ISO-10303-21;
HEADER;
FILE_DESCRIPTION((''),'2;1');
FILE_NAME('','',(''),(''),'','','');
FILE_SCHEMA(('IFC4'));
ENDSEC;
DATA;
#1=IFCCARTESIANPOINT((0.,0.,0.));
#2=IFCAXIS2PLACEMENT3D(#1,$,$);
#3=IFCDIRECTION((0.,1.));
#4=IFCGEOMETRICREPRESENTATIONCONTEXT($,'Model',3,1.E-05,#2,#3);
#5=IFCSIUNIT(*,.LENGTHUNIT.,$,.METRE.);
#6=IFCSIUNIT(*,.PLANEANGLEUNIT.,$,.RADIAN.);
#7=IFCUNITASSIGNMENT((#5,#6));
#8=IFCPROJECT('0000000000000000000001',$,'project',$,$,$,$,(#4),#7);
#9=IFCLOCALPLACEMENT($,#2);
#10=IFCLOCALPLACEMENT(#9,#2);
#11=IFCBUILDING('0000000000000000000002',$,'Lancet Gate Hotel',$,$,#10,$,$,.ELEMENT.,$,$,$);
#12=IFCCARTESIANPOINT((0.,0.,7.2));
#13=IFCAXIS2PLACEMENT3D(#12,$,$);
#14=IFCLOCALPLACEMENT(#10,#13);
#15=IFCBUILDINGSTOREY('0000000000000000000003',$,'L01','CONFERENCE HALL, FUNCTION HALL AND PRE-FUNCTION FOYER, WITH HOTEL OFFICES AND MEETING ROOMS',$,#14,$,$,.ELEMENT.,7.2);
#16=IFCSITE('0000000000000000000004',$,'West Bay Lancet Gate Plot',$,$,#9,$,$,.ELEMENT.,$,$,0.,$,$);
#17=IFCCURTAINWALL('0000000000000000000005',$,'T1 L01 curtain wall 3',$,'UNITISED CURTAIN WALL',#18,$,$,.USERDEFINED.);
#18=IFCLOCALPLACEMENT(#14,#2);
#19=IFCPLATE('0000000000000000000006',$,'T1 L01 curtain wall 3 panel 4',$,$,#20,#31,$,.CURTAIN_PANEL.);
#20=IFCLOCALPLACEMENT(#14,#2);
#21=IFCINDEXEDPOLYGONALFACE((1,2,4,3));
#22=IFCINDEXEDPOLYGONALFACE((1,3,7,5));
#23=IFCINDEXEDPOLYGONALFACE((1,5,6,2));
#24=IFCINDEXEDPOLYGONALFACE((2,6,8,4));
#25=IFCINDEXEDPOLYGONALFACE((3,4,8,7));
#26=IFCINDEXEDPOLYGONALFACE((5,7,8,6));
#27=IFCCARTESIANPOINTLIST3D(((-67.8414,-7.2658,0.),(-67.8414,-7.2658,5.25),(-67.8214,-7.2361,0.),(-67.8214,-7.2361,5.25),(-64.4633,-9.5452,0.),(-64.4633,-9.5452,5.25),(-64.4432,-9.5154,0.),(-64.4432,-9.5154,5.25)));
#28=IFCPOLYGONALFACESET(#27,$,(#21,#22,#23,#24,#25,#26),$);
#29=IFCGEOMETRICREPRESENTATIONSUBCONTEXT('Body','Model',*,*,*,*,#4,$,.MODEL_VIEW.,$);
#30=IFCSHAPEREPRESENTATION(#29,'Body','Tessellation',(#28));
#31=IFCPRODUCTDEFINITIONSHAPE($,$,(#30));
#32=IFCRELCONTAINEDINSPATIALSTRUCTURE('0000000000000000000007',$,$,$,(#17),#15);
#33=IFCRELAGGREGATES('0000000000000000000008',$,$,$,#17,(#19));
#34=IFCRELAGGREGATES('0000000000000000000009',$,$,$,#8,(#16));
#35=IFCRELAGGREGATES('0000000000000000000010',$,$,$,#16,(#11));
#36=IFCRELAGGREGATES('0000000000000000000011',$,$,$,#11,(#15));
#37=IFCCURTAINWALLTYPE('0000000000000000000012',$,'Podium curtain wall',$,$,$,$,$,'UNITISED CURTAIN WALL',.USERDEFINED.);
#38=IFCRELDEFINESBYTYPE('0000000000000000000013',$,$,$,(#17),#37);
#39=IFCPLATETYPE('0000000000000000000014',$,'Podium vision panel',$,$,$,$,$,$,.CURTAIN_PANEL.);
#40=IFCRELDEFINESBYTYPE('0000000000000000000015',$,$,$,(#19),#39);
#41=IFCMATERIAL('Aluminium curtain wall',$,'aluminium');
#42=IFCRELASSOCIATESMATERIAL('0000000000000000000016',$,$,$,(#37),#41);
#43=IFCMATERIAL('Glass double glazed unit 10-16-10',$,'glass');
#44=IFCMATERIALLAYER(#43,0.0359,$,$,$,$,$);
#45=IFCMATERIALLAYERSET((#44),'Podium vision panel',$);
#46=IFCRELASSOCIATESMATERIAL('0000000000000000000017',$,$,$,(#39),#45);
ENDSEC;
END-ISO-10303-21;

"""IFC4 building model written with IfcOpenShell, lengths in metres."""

from ifc_helpers import new_model, si_unit, direction, frame, origin, origin_2d, place, context, subcontext, project, spatial, rectangle, extrude, material, layer, layer_set, type_object, element, aggregate, save


model = new_model("IFC4")

# Units and contexts
model_context = context("Model", 3, precision=1e-05, world=origin(), true_north=direction((0.0, 1.0)))
body_context = subcontext(model_context, "Body", "Model", "MODEL_VIEW")
ifc_project = project(units=[si_unit("LENGTHUNIT", "METRE"), si_unit("PLANEANGLEUNIT", "RADIAN")], contexts=[model_context])

# Site, building, storey
site_placement = place(None, origin())
site = spatial("IfcSite", under=ifc_project, at=site_placement, Name="West Bay Lancet Gate Plot", CompositionType="ELEMENT", RefElevation=0.0)
building_placement = place(site_placement, origin())
building = spatial("IfcBuilding", under=site, at=building_placement, Name="Lancet Gate Hotel", CompositionType="ELEMENT")
storey_placement = place(building_placement, frame((0.0, 0.0, 7.2)))
storey = spatial("IfcBuildingStorey", under=building, at=storey_placement, Name="L01", Description="CONFERENCE HALL, FUNCTION HALL AND PRE-FUNCTION FOYER, WITH HOTEL OFFICES AND MEETING ROOMS", CompositionType="ELEMENT", Elevation=7.2)

# Curtain wall
ifc_material_1 = material(Name="Aluminium curtain wall", Category="aluminium")
curtain_wall_type = type_object("IfcCurtainWallType", Name="Podium curtain wall", ElementType="UNITISED CURTAIN WALL", PredefinedType="USERDEFINED", material=ifc_material_1)
curtain_wall_placement = place(storey_placement, origin())
curtain_wall = element("IfcCurtainWall", 1, at=curtain_wall_placement, inside=storey, type_object=curtain_wall_type, Name="T1 L01 curtain wall 3", ObjectType="UNITISED CURTAIN WALL", PredefinedType="USERDEFINED")

# Plate
ifc_material_2 = material(Name="Glass double glazed unit 10-16-10", Category="glass")
ifc_layer = layer(ifc_material_2, 0.0359)
ifc_layer_set = layer_set([ifc_layer], Name="Podium vision panel")
plate_type = type_object("IfcPlateType", Name="Podium vision panel", PredefinedType="CURTAIN_PANEL", material=ifc_layer_set)
plate_1_placement = place(storey_placement, frame((-66.1423, -8.3906, 0.0), z_axis=(0.0, 0.0, 1.0), x_axis=(0.828946, -0.559329, 0.0)))
plate_1 = element("IfcPlate", 2, at=plate_1_placement, type_object=plate_type, Name="T1 L01 curtain wall 3 panel 4", PredefinedType="CURTAIN_PANEL", context=body_context, shape_type="SweptSolid", body=[
    extrude(rectangle(XDim=4.0752, YDim=0.0359, at=origin_2d()), origin(), (0.0, 0.0, 1.0), 5.25),
])
aggregate(curtain_wall, [plate_1])

save(model, "model.ifc")
